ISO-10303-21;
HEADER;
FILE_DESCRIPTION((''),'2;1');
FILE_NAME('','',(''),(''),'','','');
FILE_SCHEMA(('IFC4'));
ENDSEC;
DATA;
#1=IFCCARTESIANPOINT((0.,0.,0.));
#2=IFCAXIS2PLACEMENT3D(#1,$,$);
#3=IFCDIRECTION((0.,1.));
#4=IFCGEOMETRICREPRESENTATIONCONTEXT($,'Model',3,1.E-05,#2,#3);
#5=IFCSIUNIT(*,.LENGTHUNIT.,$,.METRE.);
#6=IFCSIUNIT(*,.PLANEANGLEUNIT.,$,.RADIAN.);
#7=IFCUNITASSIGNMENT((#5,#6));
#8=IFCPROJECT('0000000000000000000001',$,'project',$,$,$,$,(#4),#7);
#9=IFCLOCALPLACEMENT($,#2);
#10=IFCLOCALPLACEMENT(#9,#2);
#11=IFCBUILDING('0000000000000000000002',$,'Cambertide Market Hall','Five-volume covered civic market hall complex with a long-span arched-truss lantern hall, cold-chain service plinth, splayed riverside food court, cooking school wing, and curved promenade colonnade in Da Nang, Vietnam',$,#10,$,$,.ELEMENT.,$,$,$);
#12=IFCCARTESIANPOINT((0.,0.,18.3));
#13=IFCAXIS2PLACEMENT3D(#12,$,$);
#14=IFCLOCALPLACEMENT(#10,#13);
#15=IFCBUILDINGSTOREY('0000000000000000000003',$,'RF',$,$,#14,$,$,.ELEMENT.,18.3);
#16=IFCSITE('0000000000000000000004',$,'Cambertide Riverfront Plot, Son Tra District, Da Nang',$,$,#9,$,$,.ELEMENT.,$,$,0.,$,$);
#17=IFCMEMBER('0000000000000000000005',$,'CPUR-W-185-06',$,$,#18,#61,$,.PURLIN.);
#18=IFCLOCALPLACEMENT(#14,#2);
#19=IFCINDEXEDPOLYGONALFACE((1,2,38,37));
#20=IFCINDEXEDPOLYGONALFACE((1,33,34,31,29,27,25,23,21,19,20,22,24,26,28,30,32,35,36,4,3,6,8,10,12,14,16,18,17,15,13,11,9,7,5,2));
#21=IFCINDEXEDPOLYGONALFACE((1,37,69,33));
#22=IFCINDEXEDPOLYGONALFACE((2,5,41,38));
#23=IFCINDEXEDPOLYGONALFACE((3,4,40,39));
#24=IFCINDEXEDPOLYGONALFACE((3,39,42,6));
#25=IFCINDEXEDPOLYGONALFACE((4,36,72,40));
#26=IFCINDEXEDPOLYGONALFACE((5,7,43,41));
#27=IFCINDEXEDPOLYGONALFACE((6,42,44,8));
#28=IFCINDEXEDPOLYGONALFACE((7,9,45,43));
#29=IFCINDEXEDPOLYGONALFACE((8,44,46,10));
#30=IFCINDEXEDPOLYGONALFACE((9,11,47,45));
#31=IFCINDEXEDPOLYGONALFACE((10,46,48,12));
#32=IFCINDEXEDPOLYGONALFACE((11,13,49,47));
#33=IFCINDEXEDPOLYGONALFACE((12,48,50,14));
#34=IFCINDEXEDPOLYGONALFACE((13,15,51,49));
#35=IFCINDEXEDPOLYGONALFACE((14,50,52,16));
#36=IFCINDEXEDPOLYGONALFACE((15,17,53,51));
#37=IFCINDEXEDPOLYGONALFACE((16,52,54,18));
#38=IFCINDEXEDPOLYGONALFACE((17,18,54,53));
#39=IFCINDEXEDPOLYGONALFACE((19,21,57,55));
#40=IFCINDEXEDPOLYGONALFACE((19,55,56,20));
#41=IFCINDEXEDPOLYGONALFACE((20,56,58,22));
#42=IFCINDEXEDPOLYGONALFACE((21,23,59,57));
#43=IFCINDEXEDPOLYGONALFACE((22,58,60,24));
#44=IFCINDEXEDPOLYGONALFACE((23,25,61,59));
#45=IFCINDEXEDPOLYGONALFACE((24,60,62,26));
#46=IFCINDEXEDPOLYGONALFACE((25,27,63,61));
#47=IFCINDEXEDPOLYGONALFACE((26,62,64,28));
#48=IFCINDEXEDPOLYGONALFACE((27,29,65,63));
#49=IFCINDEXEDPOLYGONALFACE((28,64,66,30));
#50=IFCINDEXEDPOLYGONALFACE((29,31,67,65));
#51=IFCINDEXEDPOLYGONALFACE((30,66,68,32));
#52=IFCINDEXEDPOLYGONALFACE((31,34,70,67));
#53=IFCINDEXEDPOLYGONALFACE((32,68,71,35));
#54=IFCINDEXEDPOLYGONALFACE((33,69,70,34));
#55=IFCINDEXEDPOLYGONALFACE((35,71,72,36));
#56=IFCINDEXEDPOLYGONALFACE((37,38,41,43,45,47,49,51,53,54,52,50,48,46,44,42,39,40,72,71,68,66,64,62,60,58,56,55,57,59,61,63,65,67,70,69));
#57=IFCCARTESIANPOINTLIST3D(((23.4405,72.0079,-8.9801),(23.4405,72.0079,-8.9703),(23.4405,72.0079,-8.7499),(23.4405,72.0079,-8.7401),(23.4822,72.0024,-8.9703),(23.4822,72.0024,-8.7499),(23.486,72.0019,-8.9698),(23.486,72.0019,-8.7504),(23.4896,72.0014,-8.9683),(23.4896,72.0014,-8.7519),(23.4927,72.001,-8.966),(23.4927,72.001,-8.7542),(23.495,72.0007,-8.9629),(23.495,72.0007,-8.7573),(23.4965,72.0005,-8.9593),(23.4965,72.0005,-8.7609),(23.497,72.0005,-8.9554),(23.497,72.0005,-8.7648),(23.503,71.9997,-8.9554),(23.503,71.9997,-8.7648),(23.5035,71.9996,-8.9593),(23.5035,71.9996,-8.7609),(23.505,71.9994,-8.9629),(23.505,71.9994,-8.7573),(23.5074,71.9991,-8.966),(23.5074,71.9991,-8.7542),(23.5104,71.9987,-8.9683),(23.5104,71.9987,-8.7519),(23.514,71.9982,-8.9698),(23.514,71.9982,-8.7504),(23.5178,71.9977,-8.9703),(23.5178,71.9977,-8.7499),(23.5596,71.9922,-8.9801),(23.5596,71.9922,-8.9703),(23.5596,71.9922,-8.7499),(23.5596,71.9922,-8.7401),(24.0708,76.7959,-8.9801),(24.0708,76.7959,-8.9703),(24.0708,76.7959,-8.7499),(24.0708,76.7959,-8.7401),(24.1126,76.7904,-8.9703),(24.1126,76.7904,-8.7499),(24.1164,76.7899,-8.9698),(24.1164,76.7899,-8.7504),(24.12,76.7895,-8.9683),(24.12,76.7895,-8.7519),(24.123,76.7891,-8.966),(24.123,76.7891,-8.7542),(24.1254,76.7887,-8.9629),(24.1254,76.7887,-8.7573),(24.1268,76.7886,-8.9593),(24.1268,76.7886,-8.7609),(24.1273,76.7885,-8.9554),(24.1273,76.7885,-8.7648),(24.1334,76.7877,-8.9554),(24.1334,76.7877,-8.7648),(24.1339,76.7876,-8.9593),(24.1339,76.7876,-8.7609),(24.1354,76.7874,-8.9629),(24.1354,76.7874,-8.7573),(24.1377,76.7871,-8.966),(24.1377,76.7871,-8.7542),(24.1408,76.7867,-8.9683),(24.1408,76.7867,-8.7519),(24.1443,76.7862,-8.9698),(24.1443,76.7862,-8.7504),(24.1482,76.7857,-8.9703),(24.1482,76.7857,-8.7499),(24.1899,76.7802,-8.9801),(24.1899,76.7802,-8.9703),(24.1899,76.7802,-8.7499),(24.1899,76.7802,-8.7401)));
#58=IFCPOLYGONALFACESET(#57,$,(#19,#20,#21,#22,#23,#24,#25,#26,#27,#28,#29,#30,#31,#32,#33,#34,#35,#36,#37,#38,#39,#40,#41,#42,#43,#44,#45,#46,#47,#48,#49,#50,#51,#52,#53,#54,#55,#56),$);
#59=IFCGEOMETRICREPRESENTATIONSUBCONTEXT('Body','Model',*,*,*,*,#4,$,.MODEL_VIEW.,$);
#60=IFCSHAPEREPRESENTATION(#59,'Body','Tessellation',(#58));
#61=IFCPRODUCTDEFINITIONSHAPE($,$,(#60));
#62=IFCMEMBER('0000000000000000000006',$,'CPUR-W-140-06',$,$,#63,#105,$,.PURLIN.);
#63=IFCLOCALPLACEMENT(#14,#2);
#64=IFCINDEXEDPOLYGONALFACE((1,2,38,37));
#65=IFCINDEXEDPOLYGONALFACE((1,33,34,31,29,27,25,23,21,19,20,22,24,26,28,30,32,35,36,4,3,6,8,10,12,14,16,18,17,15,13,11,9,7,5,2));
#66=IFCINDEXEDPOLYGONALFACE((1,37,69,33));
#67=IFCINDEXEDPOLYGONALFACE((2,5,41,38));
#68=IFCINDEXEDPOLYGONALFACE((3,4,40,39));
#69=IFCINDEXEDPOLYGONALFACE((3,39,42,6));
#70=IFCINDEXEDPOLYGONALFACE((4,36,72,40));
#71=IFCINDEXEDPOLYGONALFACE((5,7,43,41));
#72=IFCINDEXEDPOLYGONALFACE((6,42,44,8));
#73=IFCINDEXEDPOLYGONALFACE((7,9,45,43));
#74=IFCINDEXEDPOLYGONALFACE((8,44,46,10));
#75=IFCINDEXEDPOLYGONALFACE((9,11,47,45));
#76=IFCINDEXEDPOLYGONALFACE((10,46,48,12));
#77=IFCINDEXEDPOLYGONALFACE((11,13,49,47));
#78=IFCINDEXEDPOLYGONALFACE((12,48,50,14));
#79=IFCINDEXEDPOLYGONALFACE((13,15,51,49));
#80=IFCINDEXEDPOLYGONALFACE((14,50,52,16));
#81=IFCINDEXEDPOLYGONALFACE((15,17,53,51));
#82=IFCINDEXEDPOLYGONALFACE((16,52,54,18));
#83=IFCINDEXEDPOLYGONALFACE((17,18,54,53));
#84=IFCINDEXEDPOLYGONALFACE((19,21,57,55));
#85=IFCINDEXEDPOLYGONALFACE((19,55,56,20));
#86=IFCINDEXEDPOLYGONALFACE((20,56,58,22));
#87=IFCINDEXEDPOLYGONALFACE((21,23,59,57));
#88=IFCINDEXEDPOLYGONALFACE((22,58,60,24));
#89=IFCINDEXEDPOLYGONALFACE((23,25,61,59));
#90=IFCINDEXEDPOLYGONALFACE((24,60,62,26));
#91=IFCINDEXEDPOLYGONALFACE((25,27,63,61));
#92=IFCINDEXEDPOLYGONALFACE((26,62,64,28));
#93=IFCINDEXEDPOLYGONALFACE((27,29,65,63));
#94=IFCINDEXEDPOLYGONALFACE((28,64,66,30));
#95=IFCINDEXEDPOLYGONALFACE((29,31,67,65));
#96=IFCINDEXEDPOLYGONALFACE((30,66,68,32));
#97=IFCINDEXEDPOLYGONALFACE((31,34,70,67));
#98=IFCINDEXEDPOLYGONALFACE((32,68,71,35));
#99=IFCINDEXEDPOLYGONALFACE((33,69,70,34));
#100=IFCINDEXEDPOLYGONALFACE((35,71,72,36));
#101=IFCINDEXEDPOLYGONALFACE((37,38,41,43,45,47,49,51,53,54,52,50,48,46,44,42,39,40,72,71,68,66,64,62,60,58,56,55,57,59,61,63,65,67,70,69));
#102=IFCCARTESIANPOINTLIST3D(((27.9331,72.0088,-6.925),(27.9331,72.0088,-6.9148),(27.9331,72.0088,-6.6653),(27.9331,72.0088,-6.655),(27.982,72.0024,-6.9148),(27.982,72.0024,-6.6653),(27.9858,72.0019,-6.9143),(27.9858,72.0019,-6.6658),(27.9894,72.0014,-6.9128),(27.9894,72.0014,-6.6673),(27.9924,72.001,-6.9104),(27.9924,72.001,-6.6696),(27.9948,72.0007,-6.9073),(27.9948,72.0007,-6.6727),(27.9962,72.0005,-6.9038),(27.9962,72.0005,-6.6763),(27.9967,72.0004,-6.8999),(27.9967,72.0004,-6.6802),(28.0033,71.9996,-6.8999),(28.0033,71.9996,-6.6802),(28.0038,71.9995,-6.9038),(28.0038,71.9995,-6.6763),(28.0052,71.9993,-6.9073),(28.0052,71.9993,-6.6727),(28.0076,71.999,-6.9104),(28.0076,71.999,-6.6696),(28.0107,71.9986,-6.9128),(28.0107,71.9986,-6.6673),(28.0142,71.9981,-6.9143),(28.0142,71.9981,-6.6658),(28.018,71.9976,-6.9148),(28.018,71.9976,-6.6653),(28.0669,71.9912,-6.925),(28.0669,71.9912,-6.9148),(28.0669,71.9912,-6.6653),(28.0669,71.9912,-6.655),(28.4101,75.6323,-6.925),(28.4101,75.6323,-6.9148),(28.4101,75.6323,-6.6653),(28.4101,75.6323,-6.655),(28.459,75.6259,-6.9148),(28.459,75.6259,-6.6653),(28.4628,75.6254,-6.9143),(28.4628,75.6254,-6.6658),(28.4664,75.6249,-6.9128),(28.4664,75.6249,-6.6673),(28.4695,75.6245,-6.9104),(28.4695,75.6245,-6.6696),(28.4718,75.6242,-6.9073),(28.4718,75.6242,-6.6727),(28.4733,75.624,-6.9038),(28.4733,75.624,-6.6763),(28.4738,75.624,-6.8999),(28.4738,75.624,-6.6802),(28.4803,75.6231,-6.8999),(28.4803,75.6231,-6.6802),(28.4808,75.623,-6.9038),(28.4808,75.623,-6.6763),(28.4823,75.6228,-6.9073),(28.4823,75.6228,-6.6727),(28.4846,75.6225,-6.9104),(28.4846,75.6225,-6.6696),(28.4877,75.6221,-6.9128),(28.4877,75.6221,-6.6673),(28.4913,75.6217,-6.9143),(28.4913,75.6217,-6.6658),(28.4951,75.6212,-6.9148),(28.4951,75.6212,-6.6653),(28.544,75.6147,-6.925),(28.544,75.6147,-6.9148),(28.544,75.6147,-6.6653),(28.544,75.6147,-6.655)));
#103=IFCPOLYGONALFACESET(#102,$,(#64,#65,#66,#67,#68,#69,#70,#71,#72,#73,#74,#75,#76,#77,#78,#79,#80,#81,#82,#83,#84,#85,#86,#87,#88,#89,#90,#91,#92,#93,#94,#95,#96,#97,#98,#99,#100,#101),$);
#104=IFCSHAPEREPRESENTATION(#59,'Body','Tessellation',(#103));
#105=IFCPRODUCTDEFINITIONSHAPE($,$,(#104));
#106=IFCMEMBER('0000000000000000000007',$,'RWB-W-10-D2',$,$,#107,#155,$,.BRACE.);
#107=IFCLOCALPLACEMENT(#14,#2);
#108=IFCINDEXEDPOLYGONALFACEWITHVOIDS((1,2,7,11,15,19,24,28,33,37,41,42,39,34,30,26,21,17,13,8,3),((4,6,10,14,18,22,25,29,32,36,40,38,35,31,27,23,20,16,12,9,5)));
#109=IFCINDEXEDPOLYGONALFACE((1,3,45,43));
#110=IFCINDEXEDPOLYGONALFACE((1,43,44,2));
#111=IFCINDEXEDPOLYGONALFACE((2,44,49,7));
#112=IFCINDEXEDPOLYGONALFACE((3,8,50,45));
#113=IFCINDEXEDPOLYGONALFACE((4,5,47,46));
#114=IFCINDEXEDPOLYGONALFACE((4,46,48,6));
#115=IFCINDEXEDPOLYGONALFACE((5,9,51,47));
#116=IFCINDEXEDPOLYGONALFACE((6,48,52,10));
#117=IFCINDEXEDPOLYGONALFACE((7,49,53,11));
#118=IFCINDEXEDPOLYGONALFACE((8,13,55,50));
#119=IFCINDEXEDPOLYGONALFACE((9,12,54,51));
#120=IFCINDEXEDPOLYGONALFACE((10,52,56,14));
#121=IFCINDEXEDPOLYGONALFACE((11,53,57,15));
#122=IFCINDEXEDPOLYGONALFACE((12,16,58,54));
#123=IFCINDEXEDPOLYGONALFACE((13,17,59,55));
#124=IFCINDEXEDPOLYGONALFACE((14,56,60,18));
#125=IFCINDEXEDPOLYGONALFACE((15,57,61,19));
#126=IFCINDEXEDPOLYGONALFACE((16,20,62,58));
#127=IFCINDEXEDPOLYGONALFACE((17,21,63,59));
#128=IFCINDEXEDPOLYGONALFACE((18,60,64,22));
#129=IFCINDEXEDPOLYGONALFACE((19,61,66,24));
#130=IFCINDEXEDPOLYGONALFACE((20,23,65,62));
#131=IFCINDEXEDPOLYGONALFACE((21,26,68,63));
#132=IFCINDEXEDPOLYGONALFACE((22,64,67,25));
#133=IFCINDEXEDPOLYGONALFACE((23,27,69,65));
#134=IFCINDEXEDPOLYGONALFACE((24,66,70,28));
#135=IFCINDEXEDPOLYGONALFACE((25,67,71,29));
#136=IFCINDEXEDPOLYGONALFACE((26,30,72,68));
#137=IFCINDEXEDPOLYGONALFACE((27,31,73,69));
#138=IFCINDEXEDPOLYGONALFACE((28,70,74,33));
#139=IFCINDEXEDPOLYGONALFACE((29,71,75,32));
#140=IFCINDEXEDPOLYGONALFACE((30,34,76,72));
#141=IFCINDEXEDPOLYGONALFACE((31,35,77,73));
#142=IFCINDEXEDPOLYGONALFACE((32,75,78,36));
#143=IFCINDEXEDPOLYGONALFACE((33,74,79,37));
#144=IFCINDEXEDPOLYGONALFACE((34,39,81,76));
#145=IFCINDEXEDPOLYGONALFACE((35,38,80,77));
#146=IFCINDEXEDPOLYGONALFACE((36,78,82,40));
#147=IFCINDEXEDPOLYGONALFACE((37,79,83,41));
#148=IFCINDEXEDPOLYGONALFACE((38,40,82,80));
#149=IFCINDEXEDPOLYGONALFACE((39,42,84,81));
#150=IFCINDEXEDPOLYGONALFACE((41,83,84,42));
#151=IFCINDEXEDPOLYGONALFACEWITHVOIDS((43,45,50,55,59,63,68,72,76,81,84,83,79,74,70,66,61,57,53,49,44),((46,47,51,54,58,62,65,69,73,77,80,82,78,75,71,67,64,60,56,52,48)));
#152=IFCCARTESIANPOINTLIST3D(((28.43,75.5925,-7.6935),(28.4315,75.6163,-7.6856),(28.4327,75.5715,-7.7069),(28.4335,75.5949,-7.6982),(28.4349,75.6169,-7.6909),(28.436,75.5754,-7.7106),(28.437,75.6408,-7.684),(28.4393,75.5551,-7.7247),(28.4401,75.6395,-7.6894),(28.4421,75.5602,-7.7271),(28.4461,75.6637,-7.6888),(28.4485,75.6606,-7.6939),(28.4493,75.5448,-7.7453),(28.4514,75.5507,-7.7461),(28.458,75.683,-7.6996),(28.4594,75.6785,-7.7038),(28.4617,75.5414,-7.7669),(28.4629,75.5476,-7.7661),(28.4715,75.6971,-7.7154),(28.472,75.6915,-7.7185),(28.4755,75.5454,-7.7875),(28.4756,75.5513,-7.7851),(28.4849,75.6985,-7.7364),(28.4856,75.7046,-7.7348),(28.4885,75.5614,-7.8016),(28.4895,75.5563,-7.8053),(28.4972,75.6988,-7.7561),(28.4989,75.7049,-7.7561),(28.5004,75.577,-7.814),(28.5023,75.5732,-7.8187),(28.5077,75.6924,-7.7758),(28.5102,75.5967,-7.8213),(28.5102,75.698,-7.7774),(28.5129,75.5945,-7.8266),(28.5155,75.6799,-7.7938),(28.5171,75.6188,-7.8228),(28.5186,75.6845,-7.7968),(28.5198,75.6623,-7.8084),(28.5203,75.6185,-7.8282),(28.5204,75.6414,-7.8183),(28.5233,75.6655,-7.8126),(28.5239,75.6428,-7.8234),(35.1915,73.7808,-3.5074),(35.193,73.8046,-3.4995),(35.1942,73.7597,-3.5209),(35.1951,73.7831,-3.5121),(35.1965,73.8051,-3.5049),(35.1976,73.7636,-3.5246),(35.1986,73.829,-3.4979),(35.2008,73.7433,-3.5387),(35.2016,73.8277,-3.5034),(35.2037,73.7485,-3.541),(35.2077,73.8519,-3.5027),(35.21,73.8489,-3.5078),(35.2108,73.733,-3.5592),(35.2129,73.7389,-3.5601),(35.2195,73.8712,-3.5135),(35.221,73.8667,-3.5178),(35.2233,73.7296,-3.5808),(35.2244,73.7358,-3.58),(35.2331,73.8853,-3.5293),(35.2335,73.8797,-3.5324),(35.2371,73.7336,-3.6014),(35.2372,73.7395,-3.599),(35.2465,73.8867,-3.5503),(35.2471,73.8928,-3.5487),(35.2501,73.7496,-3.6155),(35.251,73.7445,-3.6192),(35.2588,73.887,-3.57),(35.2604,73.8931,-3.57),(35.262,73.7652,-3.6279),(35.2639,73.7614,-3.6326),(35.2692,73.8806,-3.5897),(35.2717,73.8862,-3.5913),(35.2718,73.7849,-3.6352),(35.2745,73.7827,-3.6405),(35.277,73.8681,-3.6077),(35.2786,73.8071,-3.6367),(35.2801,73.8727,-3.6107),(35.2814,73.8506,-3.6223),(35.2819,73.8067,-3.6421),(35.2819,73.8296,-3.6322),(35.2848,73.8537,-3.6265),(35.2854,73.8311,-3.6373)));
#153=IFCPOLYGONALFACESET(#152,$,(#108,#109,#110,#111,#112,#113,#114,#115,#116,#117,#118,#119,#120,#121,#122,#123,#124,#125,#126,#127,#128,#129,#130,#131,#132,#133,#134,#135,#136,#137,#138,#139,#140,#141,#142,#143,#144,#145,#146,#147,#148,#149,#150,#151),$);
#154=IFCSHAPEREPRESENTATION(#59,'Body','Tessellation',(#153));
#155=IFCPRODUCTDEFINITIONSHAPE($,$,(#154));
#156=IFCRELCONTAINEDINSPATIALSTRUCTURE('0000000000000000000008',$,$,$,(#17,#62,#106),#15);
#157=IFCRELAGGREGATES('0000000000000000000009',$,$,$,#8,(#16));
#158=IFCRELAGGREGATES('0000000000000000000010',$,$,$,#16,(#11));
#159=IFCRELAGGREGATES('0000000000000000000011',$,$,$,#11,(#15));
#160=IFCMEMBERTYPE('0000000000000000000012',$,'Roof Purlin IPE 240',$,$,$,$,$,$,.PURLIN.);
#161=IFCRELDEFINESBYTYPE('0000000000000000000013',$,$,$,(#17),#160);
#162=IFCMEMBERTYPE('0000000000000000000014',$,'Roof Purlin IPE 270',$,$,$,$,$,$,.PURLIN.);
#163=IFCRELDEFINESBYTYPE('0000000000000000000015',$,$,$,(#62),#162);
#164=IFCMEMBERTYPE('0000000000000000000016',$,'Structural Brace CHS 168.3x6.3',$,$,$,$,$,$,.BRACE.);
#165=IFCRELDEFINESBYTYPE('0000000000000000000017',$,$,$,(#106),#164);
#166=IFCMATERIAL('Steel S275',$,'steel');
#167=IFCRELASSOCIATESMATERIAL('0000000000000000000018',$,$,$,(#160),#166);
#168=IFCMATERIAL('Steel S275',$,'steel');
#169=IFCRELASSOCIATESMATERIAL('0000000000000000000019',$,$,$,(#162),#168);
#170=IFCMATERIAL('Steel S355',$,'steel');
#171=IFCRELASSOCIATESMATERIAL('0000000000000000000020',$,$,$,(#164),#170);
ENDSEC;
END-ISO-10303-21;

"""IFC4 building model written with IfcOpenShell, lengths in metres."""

from ifc_helpers import new_model, si_unit, direction, frame, origin, origin_2d, place, context, subcontext, project, spatial, hollow_circle, i_section, extrude, material, material_profile, profile_set, type_object, element, save


model = new_model("IFC4")

# Units and contexts
model_context = context("Model", 3, precision=1e-05, world=origin(), true_north=direction((0.0, 1.0)))
body_context = subcontext(model_context, "Body", "Model", "MODEL_VIEW")
ifc_project = project(units=[si_unit("LENGTHUNIT", "METRE"), si_unit("PLANEANGLEUNIT", "RADIAN")], contexts=[model_context])

# Site, building, storey
site_placement = place(None, origin())
site = spatial("IfcSite", under=ifc_project, at=site_placement, Name="Cambertide Riverfront Plot, Son Tra District, Da Nang", CompositionType="ELEMENT", RefElevation=0.0)
building_placement = place(site_placement, origin())
building = spatial("IfcBuilding", under=site, at=building_placement, Name="Cambertide Market Hall", Description="Five-volume covered civic market hall complex with a long-span arched-truss lantern hall, cold-chain service plinth, splayed riverside food court, cooking school wing, and curved promenade colonnade in Da Nang, Vietnam", CompositionType="ELEMENT")
storey_placement = place(building_placement, frame((0.0, 0.0, 18.3)))
storey = spatial("IfcBuildingStorey", under=building, at=storey_placement, Name="RF", CompositionType="ELEMENT", Elevation=18.3)

# Members
ifc_material_1 = material(Name="Steel S275", Category="steel")
ifc_material_profile_1 = material_profile(ifc_material_1, i_section(OverallWidth=0.1201, OverallDepth=0.24, WebThickness=0.0061, FlangeThickness=0.0098, FilletRadius=0.0149, at=origin_2d()), Name="IPE 240")
ifc_profile_set_1 = profile_set([ifc_material_profile_1], Name="Steel S275")
member_type_1 = type_object("IfcMemberType", Name="Roof Purlin IPE 240", PredefinedType="PURLIN", material=ifc_profile_set_1)
member_1_placement = place(storey_placement, frame((24.1304, 76.7881, -8.8601), z_axis=(-0.130528, -0.991445, 0.0), x_axis=(0.991445, -0.130528, 0.0)))
element("IfcMember", 1, at=member_1_placement, inside=storey, type_object=member_type_1, Name="CPUR-W-185-06", PredefinedType="PURLIN", context=body_context, shape_type="SweptSolid", body=[
    extrude(i_section(OverallWidth=0.1201, OverallDepth=0.24, WebThickness=0.0061, FlangeThickness=0.0098, FilletRadius=0.0149, at=origin_2d()), origin(), (0.0, 0.0, 1.0), 4.8293),
])
ifc_material_2 = material(Name="Steel S275", Category="steel")
ifc_material_profile_2 = material_profile(ifc_material_2, i_section(OverallWidth=0.135, OverallDepth=0.27, WebThickness=0.0066, FlangeThickness=0.0103, FilletRadius=0.0149, at=origin_2d()), Name="IPE 270")
ifc_profile_set_2 = profile_set([ifc_material_profile_2], Name="Steel S275")
member_type_2 = type_object("IfcMemberType", Name="Roof Purlin IPE 270", PredefinedType="PURLIN", material=ifc_profile_set_2)
member_2_placement = place(storey_placement, frame((28.4771, 75.6235, -6.79), z_axis=(-0.130527, -0.991445, 0.0), x_axis=(0.991445, -0.130527, 0.0)))
element("IfcMember", 2, at=member_2_placement, inside=storey, type_object=member_type_2, Name="CPUR-W-140-06", PredefinedType="PURLIN", context=body_context, shape_type="SweptSolid", body=[
    extrude(i_section(OverallWidth=0.135, OverallDepth=0.27, WebThickness=0.0066, FlangeThickness=0.0103, FilletRadius=0.0149, at=origin_2d()), origin(), (0.0, 0.0, 1.0), 3.6548),
])
ifc_material_3 = material(Name="Steel S355", Category="steel")
ifc_material_profile_3 = material_profile(ifc_material_3, hollow_circle(Radius=0.0842, WallThickness=0.0063, at=origin_2d()), Name="CHS 168.3x6.3")
ifc_profile_set_3 = profile_set([ifc_material_profile_3], Name="Steel S355")
member_type_3 = type_object("IfcMemberType", Name="Structural Brace CHS 168.3x6.3", PredefinedType="BRACE", material=ifc_profile_set_3)
member_3_placement = place(storey_placement, frame((28.4771, 75.6235, -7.7561), z_axis=(0.829002, -0.222135, 0.513236), x_axis=(0.258824, 0.965925, 0.0)))
element("IfcMember", 3, at=member_3_placement, inside=storey, type_object=member_type_3, Name="RWB-W-10-D2", PredefinedType="BRACE", context=body_context, shape_type="SweptSolid", body=[
    extrude(hollow_circle(Radius=0.0842, WallThickness=0.0063, at=origin_2d()), origin(), (0.0, 0.0, 1.0), 8.1562),
])

save(model, "model.ifc")
